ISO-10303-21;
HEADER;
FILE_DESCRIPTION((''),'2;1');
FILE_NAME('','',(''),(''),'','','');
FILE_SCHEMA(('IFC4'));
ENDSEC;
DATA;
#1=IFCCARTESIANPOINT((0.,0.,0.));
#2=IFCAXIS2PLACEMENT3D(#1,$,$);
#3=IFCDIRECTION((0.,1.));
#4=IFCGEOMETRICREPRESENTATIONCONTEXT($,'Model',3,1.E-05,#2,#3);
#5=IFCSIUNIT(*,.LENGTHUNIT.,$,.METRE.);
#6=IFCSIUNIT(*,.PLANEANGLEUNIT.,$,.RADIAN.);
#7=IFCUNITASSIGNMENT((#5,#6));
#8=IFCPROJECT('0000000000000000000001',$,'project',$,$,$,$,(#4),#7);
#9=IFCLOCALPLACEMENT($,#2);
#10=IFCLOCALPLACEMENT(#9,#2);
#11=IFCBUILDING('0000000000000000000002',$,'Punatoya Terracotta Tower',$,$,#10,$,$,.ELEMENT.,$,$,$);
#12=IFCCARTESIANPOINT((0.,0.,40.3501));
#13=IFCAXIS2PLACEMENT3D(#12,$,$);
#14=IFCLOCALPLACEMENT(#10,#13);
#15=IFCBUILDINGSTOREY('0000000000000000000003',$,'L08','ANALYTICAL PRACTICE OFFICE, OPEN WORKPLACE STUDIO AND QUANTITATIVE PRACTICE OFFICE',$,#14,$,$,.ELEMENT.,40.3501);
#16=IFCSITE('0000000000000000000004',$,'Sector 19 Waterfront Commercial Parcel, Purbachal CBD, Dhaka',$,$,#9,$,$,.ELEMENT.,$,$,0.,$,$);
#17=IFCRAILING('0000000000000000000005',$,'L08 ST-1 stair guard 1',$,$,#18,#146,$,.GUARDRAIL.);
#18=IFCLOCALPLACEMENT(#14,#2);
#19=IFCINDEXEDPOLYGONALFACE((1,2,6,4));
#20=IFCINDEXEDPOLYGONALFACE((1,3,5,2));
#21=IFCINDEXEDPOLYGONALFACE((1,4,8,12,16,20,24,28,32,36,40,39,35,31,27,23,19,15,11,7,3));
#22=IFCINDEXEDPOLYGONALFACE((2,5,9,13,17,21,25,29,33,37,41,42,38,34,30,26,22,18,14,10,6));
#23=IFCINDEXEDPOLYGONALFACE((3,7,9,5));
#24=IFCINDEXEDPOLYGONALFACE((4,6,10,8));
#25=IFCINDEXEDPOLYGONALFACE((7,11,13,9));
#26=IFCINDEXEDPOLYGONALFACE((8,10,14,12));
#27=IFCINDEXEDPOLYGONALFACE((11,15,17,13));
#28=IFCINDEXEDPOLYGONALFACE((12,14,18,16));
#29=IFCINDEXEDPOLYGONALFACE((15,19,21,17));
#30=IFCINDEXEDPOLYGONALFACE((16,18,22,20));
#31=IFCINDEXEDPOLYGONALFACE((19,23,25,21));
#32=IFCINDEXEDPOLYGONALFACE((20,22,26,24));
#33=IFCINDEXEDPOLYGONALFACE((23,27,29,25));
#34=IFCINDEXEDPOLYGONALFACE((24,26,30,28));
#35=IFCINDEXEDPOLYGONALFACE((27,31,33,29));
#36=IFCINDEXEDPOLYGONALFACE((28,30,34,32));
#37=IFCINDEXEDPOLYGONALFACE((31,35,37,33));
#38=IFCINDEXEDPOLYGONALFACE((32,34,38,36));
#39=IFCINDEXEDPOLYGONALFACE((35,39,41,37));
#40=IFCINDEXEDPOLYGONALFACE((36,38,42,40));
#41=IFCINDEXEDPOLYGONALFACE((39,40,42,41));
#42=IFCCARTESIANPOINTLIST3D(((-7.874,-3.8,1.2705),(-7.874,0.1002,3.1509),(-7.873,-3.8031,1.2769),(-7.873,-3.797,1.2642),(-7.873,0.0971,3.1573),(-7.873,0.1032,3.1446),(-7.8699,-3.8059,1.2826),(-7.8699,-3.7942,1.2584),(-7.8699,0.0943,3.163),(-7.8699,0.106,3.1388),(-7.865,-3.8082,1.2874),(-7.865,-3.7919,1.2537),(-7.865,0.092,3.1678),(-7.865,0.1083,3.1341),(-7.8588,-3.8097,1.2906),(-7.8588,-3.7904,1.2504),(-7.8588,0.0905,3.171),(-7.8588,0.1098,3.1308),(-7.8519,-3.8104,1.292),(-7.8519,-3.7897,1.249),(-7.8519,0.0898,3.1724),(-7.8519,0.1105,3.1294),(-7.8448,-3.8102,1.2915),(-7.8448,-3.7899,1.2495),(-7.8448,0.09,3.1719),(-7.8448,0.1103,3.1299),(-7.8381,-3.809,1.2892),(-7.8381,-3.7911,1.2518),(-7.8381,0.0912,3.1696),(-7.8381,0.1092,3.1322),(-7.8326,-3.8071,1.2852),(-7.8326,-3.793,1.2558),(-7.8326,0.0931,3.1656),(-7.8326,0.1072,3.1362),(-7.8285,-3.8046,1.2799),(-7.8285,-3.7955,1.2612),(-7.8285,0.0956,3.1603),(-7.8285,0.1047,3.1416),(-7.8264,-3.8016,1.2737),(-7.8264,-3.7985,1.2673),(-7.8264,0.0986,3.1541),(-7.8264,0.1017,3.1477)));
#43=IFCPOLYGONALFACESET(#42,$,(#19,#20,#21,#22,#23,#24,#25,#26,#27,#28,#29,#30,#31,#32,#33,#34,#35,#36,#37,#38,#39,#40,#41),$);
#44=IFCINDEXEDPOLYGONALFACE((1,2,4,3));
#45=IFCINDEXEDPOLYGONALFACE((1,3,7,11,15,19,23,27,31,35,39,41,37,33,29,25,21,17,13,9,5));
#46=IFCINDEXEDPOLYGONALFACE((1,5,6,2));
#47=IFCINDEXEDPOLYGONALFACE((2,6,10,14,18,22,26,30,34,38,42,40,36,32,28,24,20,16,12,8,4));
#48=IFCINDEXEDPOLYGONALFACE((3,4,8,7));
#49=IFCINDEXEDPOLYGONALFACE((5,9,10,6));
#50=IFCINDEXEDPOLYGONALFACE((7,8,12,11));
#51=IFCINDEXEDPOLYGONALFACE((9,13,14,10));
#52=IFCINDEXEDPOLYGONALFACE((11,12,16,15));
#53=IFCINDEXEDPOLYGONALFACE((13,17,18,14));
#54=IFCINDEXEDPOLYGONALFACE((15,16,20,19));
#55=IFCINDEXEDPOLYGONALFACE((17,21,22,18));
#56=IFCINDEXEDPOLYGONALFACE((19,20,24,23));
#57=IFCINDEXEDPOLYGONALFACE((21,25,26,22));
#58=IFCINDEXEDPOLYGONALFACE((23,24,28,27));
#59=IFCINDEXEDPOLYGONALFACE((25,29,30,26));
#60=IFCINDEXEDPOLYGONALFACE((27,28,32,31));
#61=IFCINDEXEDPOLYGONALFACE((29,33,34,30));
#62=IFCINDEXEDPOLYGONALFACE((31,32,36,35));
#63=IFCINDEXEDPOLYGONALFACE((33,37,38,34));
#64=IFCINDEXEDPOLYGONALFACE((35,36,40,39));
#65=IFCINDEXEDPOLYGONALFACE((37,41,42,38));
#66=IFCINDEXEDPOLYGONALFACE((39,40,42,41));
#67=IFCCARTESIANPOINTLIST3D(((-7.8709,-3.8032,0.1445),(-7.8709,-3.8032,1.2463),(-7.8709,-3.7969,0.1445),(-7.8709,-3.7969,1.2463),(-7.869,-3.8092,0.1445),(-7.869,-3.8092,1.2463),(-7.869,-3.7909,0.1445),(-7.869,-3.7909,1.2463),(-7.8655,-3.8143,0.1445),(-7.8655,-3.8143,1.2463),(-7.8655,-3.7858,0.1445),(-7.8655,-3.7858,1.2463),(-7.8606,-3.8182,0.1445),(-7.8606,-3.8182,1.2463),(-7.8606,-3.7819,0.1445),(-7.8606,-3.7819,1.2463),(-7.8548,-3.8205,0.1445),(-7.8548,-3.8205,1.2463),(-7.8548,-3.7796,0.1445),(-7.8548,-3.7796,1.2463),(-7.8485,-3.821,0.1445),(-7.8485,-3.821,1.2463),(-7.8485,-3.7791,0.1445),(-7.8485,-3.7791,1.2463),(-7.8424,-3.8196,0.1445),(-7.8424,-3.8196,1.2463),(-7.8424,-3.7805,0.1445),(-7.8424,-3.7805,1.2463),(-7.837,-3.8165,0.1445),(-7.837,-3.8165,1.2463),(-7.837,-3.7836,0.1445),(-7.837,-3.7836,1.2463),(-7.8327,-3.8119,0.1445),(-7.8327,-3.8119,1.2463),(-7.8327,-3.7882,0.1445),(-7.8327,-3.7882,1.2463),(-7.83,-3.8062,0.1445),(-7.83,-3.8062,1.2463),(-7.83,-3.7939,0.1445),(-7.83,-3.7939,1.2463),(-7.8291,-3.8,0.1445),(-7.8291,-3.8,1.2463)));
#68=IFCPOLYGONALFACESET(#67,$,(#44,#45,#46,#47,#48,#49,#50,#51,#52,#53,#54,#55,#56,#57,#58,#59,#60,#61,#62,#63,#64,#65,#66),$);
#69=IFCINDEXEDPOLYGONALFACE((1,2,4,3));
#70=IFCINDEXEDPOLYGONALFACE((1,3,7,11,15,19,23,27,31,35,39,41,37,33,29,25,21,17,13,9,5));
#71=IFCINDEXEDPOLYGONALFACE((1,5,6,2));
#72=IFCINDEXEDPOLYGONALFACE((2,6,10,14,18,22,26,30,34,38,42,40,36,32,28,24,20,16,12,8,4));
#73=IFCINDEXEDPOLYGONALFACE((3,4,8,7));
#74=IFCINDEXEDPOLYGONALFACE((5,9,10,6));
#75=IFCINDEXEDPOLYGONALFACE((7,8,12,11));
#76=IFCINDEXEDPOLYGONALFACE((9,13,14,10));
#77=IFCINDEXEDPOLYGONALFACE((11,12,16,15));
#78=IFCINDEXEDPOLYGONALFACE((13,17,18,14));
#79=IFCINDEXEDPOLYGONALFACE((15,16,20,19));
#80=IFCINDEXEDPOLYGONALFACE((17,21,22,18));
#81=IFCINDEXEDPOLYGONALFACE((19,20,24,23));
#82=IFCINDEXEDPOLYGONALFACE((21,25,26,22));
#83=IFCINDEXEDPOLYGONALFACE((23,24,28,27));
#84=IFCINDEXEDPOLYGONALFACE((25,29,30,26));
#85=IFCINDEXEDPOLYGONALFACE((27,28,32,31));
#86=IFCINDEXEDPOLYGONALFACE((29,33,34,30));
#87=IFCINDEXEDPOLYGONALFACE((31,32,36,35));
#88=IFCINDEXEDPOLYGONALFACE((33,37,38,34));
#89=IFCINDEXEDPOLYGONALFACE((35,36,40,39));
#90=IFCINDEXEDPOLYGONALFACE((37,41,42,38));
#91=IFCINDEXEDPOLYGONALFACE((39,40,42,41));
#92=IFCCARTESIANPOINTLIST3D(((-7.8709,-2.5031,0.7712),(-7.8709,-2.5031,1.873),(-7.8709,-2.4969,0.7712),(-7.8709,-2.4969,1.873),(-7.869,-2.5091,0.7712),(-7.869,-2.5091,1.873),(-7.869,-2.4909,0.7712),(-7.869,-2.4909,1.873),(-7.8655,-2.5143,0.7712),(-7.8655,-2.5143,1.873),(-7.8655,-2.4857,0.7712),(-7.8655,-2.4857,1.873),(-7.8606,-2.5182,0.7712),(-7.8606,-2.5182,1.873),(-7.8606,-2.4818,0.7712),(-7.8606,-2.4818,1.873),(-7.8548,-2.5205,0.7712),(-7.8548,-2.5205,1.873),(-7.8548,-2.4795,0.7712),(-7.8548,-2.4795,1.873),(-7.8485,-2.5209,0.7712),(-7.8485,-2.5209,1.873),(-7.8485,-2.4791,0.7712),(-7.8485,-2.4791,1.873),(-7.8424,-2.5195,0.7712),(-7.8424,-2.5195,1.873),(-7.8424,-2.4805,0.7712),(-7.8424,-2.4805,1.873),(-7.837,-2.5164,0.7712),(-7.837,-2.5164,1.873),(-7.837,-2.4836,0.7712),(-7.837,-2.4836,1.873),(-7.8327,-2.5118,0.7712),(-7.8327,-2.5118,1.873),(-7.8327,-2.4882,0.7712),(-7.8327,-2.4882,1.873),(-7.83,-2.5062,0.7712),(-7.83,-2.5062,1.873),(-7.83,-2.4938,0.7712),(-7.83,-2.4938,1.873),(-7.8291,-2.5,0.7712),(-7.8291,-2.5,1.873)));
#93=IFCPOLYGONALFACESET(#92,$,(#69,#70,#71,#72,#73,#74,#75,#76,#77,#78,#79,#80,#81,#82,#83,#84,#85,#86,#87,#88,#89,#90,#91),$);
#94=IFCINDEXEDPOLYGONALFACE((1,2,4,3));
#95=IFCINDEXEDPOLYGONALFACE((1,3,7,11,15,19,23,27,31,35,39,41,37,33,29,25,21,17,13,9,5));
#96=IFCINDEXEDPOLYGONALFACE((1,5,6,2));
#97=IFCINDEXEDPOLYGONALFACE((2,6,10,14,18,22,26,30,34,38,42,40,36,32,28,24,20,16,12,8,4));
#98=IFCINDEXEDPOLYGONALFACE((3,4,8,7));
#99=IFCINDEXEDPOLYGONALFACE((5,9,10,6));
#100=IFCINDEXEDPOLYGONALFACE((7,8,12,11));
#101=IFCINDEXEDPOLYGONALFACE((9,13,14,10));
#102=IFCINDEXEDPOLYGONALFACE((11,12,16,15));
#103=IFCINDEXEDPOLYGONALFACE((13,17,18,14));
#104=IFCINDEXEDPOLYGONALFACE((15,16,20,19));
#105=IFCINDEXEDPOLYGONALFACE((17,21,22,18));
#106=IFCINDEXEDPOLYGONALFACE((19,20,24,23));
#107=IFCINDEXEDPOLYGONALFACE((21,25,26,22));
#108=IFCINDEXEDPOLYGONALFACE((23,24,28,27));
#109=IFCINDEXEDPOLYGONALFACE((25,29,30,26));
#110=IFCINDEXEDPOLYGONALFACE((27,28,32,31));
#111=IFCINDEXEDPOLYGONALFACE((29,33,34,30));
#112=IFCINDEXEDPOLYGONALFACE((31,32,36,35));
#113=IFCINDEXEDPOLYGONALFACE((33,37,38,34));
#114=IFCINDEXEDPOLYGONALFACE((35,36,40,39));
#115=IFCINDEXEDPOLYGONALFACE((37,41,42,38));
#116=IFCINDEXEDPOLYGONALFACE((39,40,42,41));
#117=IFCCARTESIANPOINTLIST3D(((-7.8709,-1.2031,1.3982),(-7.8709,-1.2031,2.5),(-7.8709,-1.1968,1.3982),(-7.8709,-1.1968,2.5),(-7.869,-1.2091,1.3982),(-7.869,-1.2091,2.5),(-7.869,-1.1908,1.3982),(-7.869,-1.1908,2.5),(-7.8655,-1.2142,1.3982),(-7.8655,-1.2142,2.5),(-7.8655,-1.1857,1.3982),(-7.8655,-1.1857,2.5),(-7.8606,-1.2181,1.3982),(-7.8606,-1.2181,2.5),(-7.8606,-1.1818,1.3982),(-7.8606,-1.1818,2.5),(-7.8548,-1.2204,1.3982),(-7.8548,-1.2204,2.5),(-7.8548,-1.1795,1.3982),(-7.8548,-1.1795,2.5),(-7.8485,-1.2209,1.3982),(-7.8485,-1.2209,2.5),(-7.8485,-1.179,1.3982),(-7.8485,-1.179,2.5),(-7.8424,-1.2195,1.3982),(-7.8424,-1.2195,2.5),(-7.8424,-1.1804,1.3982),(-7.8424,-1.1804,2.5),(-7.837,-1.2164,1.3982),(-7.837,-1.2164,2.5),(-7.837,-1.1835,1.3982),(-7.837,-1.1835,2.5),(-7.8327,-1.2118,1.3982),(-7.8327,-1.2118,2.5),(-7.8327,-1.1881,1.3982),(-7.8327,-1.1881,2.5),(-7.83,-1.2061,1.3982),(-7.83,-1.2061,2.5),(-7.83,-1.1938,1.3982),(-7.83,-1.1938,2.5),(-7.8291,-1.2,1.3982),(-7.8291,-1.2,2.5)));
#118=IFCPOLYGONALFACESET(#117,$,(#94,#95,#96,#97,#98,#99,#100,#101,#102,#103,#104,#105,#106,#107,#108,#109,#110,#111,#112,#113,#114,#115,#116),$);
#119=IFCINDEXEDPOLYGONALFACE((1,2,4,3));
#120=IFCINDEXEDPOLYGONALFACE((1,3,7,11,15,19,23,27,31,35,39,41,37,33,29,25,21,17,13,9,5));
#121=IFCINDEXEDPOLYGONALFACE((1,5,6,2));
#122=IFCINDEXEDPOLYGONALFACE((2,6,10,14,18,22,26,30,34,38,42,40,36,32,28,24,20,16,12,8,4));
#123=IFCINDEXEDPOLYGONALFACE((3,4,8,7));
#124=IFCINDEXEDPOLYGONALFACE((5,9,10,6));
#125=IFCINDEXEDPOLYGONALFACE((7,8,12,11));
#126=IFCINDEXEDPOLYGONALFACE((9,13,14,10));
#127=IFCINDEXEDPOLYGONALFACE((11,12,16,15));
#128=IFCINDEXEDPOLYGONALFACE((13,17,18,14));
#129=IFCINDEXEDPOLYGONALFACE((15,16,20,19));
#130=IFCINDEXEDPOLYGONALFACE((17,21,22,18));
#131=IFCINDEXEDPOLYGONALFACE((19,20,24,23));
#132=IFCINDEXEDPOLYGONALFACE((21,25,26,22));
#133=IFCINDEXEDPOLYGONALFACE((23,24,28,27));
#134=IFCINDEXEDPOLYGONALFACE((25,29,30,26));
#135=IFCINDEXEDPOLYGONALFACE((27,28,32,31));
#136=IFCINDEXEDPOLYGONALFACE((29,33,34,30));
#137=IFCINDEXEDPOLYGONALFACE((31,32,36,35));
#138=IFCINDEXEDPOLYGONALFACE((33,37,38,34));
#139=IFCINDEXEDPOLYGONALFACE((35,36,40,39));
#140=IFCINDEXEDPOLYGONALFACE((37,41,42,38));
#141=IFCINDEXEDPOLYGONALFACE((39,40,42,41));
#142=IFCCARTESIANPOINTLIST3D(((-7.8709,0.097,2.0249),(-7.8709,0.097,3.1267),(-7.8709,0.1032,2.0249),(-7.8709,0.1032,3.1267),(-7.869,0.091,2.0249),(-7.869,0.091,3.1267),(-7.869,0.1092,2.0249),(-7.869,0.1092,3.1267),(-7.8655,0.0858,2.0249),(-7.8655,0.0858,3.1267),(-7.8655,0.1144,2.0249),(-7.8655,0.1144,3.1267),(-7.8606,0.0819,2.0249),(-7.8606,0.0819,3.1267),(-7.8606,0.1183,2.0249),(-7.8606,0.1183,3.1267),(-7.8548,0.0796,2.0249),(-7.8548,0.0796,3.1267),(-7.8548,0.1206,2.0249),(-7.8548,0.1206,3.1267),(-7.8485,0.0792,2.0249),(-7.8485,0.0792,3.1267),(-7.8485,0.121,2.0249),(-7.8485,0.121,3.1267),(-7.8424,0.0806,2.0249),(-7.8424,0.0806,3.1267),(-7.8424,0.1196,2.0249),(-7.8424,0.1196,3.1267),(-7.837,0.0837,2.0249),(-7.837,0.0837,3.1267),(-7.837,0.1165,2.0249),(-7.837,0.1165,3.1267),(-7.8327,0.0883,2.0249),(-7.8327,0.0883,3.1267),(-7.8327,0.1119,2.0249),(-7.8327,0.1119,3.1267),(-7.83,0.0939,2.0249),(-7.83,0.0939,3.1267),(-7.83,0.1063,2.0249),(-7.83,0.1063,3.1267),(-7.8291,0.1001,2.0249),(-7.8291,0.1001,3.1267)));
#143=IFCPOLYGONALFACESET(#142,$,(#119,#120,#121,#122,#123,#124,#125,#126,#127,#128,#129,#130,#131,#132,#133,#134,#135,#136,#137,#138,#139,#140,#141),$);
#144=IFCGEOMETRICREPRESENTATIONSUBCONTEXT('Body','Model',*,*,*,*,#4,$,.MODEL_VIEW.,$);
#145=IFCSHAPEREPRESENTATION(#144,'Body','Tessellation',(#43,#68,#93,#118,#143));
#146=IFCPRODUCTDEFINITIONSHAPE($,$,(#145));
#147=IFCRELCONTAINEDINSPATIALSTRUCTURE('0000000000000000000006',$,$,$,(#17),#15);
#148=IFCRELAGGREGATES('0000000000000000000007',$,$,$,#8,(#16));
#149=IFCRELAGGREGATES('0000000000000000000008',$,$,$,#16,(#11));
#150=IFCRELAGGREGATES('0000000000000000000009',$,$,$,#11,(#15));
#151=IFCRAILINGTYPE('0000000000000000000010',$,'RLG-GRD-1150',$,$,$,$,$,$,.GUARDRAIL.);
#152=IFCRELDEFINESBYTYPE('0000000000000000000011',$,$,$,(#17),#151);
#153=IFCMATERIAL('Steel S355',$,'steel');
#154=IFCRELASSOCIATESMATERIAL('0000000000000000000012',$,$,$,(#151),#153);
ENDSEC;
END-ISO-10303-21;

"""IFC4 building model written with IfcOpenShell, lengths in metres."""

from ifc_helpers import new_model, si_unit, direction, frame, origin, origin_2d, place, context, subcontext, project, spatial, circle, extrude, material, type_object, element, save


model = new_model("IFC4")

# Units and contexts
model_context = context("Model", 3, precision=1e-05, world=origin(), true_north=direction((0.0, 1.0)))
body_context = subcontext(model_context, "Body", "Model", "MODEL_VIEW")
ifc_project = project(units=[si_unit("LENGTHUNIT", "METRE"), si_unit("PLANEANGLEUNIT", "RADIAN")], contexts=[model_context])

# Site, building, storey
site_placement = place(None, origin())
site = spatial("IfcSite", under=ifc_project, at=site_placement, Name="Sector 19 Waterfront Commercial Parcel, Purbachal CBD, Dhaka", CompositionType="ELEMENT", RefElevation=0.0)
building_placement = place(site_placement, origin())
building = spatial("IfcBuilding", under=site, at=building_placement, Name="Punatoya Terracotta Tower", CompositionType="ELEMENT")
storey_placement = place(building_placement, frame((0.0, 0.0, 40.3501)))
storey = spatial("IfcBuildingStorey", under=building, at=storey_placement, Name="L08", Description="ANALYTICAL PRACTICE OFFICE, OPEN WORKPLACE STUDIO AND QUANTITATIVE PRACTICE OFFICE", CompositionType="ELEMENT", Elevation=40.3501)

# Shared definitions
ifc_material_1 = material(Name="Steel S355", Category="steel")

# Railing
railing_type_1 = type_object("IfcRailingType", Name="RLG-GRD-1150", PredefinedType="GUARDRAIL", material=ifc_material_1)
railing_1_placement = place(storey_placement, frame((-7.8501, -3.8, 0.1445)))
element("IfcRailing", 1, at=railing_1_placement, inside=storey, type_object=railing_type_1, Name="L08 ST-1 stair guard 1", PredefinedType="GUARDRAIL", context=body_context, shape_type="SweptSolid", body=[
    extrude(circle(Radius=0.0239, at=origin_2d()), frame((0.0, 0.0, 1.126), z_axis=(0.0, 0.900774, 0.434289), x_axis=(-1.0, 0.0, 0.0)), (0.0, 0.0, 1.0), 4.3298),
    extrude(circle(Radius=0.021, at=origin_2d()), origin(), (0.0, 0.0, 1.0), 1.1018),
    extrude(circle(Radius=0.021, at=origin_2d()), frame((0.0, 1.3, 0.6267)), (0.0, 0.0, 1.0), 1.1018),
    extrude(circle(Radius=0.021, at=origin_2d()), frame((0.0, 2.6001, 1.2537)), (0.0, 0.0, 1.0), 1.1018),
    extrude(circle(Radius=0.021, at=origin_2d()), frame((0.0, 3.9001, 1.8804)), (0.0, 0.0, 1.0), 1.1018),
])

save(model, "model.ifc")
